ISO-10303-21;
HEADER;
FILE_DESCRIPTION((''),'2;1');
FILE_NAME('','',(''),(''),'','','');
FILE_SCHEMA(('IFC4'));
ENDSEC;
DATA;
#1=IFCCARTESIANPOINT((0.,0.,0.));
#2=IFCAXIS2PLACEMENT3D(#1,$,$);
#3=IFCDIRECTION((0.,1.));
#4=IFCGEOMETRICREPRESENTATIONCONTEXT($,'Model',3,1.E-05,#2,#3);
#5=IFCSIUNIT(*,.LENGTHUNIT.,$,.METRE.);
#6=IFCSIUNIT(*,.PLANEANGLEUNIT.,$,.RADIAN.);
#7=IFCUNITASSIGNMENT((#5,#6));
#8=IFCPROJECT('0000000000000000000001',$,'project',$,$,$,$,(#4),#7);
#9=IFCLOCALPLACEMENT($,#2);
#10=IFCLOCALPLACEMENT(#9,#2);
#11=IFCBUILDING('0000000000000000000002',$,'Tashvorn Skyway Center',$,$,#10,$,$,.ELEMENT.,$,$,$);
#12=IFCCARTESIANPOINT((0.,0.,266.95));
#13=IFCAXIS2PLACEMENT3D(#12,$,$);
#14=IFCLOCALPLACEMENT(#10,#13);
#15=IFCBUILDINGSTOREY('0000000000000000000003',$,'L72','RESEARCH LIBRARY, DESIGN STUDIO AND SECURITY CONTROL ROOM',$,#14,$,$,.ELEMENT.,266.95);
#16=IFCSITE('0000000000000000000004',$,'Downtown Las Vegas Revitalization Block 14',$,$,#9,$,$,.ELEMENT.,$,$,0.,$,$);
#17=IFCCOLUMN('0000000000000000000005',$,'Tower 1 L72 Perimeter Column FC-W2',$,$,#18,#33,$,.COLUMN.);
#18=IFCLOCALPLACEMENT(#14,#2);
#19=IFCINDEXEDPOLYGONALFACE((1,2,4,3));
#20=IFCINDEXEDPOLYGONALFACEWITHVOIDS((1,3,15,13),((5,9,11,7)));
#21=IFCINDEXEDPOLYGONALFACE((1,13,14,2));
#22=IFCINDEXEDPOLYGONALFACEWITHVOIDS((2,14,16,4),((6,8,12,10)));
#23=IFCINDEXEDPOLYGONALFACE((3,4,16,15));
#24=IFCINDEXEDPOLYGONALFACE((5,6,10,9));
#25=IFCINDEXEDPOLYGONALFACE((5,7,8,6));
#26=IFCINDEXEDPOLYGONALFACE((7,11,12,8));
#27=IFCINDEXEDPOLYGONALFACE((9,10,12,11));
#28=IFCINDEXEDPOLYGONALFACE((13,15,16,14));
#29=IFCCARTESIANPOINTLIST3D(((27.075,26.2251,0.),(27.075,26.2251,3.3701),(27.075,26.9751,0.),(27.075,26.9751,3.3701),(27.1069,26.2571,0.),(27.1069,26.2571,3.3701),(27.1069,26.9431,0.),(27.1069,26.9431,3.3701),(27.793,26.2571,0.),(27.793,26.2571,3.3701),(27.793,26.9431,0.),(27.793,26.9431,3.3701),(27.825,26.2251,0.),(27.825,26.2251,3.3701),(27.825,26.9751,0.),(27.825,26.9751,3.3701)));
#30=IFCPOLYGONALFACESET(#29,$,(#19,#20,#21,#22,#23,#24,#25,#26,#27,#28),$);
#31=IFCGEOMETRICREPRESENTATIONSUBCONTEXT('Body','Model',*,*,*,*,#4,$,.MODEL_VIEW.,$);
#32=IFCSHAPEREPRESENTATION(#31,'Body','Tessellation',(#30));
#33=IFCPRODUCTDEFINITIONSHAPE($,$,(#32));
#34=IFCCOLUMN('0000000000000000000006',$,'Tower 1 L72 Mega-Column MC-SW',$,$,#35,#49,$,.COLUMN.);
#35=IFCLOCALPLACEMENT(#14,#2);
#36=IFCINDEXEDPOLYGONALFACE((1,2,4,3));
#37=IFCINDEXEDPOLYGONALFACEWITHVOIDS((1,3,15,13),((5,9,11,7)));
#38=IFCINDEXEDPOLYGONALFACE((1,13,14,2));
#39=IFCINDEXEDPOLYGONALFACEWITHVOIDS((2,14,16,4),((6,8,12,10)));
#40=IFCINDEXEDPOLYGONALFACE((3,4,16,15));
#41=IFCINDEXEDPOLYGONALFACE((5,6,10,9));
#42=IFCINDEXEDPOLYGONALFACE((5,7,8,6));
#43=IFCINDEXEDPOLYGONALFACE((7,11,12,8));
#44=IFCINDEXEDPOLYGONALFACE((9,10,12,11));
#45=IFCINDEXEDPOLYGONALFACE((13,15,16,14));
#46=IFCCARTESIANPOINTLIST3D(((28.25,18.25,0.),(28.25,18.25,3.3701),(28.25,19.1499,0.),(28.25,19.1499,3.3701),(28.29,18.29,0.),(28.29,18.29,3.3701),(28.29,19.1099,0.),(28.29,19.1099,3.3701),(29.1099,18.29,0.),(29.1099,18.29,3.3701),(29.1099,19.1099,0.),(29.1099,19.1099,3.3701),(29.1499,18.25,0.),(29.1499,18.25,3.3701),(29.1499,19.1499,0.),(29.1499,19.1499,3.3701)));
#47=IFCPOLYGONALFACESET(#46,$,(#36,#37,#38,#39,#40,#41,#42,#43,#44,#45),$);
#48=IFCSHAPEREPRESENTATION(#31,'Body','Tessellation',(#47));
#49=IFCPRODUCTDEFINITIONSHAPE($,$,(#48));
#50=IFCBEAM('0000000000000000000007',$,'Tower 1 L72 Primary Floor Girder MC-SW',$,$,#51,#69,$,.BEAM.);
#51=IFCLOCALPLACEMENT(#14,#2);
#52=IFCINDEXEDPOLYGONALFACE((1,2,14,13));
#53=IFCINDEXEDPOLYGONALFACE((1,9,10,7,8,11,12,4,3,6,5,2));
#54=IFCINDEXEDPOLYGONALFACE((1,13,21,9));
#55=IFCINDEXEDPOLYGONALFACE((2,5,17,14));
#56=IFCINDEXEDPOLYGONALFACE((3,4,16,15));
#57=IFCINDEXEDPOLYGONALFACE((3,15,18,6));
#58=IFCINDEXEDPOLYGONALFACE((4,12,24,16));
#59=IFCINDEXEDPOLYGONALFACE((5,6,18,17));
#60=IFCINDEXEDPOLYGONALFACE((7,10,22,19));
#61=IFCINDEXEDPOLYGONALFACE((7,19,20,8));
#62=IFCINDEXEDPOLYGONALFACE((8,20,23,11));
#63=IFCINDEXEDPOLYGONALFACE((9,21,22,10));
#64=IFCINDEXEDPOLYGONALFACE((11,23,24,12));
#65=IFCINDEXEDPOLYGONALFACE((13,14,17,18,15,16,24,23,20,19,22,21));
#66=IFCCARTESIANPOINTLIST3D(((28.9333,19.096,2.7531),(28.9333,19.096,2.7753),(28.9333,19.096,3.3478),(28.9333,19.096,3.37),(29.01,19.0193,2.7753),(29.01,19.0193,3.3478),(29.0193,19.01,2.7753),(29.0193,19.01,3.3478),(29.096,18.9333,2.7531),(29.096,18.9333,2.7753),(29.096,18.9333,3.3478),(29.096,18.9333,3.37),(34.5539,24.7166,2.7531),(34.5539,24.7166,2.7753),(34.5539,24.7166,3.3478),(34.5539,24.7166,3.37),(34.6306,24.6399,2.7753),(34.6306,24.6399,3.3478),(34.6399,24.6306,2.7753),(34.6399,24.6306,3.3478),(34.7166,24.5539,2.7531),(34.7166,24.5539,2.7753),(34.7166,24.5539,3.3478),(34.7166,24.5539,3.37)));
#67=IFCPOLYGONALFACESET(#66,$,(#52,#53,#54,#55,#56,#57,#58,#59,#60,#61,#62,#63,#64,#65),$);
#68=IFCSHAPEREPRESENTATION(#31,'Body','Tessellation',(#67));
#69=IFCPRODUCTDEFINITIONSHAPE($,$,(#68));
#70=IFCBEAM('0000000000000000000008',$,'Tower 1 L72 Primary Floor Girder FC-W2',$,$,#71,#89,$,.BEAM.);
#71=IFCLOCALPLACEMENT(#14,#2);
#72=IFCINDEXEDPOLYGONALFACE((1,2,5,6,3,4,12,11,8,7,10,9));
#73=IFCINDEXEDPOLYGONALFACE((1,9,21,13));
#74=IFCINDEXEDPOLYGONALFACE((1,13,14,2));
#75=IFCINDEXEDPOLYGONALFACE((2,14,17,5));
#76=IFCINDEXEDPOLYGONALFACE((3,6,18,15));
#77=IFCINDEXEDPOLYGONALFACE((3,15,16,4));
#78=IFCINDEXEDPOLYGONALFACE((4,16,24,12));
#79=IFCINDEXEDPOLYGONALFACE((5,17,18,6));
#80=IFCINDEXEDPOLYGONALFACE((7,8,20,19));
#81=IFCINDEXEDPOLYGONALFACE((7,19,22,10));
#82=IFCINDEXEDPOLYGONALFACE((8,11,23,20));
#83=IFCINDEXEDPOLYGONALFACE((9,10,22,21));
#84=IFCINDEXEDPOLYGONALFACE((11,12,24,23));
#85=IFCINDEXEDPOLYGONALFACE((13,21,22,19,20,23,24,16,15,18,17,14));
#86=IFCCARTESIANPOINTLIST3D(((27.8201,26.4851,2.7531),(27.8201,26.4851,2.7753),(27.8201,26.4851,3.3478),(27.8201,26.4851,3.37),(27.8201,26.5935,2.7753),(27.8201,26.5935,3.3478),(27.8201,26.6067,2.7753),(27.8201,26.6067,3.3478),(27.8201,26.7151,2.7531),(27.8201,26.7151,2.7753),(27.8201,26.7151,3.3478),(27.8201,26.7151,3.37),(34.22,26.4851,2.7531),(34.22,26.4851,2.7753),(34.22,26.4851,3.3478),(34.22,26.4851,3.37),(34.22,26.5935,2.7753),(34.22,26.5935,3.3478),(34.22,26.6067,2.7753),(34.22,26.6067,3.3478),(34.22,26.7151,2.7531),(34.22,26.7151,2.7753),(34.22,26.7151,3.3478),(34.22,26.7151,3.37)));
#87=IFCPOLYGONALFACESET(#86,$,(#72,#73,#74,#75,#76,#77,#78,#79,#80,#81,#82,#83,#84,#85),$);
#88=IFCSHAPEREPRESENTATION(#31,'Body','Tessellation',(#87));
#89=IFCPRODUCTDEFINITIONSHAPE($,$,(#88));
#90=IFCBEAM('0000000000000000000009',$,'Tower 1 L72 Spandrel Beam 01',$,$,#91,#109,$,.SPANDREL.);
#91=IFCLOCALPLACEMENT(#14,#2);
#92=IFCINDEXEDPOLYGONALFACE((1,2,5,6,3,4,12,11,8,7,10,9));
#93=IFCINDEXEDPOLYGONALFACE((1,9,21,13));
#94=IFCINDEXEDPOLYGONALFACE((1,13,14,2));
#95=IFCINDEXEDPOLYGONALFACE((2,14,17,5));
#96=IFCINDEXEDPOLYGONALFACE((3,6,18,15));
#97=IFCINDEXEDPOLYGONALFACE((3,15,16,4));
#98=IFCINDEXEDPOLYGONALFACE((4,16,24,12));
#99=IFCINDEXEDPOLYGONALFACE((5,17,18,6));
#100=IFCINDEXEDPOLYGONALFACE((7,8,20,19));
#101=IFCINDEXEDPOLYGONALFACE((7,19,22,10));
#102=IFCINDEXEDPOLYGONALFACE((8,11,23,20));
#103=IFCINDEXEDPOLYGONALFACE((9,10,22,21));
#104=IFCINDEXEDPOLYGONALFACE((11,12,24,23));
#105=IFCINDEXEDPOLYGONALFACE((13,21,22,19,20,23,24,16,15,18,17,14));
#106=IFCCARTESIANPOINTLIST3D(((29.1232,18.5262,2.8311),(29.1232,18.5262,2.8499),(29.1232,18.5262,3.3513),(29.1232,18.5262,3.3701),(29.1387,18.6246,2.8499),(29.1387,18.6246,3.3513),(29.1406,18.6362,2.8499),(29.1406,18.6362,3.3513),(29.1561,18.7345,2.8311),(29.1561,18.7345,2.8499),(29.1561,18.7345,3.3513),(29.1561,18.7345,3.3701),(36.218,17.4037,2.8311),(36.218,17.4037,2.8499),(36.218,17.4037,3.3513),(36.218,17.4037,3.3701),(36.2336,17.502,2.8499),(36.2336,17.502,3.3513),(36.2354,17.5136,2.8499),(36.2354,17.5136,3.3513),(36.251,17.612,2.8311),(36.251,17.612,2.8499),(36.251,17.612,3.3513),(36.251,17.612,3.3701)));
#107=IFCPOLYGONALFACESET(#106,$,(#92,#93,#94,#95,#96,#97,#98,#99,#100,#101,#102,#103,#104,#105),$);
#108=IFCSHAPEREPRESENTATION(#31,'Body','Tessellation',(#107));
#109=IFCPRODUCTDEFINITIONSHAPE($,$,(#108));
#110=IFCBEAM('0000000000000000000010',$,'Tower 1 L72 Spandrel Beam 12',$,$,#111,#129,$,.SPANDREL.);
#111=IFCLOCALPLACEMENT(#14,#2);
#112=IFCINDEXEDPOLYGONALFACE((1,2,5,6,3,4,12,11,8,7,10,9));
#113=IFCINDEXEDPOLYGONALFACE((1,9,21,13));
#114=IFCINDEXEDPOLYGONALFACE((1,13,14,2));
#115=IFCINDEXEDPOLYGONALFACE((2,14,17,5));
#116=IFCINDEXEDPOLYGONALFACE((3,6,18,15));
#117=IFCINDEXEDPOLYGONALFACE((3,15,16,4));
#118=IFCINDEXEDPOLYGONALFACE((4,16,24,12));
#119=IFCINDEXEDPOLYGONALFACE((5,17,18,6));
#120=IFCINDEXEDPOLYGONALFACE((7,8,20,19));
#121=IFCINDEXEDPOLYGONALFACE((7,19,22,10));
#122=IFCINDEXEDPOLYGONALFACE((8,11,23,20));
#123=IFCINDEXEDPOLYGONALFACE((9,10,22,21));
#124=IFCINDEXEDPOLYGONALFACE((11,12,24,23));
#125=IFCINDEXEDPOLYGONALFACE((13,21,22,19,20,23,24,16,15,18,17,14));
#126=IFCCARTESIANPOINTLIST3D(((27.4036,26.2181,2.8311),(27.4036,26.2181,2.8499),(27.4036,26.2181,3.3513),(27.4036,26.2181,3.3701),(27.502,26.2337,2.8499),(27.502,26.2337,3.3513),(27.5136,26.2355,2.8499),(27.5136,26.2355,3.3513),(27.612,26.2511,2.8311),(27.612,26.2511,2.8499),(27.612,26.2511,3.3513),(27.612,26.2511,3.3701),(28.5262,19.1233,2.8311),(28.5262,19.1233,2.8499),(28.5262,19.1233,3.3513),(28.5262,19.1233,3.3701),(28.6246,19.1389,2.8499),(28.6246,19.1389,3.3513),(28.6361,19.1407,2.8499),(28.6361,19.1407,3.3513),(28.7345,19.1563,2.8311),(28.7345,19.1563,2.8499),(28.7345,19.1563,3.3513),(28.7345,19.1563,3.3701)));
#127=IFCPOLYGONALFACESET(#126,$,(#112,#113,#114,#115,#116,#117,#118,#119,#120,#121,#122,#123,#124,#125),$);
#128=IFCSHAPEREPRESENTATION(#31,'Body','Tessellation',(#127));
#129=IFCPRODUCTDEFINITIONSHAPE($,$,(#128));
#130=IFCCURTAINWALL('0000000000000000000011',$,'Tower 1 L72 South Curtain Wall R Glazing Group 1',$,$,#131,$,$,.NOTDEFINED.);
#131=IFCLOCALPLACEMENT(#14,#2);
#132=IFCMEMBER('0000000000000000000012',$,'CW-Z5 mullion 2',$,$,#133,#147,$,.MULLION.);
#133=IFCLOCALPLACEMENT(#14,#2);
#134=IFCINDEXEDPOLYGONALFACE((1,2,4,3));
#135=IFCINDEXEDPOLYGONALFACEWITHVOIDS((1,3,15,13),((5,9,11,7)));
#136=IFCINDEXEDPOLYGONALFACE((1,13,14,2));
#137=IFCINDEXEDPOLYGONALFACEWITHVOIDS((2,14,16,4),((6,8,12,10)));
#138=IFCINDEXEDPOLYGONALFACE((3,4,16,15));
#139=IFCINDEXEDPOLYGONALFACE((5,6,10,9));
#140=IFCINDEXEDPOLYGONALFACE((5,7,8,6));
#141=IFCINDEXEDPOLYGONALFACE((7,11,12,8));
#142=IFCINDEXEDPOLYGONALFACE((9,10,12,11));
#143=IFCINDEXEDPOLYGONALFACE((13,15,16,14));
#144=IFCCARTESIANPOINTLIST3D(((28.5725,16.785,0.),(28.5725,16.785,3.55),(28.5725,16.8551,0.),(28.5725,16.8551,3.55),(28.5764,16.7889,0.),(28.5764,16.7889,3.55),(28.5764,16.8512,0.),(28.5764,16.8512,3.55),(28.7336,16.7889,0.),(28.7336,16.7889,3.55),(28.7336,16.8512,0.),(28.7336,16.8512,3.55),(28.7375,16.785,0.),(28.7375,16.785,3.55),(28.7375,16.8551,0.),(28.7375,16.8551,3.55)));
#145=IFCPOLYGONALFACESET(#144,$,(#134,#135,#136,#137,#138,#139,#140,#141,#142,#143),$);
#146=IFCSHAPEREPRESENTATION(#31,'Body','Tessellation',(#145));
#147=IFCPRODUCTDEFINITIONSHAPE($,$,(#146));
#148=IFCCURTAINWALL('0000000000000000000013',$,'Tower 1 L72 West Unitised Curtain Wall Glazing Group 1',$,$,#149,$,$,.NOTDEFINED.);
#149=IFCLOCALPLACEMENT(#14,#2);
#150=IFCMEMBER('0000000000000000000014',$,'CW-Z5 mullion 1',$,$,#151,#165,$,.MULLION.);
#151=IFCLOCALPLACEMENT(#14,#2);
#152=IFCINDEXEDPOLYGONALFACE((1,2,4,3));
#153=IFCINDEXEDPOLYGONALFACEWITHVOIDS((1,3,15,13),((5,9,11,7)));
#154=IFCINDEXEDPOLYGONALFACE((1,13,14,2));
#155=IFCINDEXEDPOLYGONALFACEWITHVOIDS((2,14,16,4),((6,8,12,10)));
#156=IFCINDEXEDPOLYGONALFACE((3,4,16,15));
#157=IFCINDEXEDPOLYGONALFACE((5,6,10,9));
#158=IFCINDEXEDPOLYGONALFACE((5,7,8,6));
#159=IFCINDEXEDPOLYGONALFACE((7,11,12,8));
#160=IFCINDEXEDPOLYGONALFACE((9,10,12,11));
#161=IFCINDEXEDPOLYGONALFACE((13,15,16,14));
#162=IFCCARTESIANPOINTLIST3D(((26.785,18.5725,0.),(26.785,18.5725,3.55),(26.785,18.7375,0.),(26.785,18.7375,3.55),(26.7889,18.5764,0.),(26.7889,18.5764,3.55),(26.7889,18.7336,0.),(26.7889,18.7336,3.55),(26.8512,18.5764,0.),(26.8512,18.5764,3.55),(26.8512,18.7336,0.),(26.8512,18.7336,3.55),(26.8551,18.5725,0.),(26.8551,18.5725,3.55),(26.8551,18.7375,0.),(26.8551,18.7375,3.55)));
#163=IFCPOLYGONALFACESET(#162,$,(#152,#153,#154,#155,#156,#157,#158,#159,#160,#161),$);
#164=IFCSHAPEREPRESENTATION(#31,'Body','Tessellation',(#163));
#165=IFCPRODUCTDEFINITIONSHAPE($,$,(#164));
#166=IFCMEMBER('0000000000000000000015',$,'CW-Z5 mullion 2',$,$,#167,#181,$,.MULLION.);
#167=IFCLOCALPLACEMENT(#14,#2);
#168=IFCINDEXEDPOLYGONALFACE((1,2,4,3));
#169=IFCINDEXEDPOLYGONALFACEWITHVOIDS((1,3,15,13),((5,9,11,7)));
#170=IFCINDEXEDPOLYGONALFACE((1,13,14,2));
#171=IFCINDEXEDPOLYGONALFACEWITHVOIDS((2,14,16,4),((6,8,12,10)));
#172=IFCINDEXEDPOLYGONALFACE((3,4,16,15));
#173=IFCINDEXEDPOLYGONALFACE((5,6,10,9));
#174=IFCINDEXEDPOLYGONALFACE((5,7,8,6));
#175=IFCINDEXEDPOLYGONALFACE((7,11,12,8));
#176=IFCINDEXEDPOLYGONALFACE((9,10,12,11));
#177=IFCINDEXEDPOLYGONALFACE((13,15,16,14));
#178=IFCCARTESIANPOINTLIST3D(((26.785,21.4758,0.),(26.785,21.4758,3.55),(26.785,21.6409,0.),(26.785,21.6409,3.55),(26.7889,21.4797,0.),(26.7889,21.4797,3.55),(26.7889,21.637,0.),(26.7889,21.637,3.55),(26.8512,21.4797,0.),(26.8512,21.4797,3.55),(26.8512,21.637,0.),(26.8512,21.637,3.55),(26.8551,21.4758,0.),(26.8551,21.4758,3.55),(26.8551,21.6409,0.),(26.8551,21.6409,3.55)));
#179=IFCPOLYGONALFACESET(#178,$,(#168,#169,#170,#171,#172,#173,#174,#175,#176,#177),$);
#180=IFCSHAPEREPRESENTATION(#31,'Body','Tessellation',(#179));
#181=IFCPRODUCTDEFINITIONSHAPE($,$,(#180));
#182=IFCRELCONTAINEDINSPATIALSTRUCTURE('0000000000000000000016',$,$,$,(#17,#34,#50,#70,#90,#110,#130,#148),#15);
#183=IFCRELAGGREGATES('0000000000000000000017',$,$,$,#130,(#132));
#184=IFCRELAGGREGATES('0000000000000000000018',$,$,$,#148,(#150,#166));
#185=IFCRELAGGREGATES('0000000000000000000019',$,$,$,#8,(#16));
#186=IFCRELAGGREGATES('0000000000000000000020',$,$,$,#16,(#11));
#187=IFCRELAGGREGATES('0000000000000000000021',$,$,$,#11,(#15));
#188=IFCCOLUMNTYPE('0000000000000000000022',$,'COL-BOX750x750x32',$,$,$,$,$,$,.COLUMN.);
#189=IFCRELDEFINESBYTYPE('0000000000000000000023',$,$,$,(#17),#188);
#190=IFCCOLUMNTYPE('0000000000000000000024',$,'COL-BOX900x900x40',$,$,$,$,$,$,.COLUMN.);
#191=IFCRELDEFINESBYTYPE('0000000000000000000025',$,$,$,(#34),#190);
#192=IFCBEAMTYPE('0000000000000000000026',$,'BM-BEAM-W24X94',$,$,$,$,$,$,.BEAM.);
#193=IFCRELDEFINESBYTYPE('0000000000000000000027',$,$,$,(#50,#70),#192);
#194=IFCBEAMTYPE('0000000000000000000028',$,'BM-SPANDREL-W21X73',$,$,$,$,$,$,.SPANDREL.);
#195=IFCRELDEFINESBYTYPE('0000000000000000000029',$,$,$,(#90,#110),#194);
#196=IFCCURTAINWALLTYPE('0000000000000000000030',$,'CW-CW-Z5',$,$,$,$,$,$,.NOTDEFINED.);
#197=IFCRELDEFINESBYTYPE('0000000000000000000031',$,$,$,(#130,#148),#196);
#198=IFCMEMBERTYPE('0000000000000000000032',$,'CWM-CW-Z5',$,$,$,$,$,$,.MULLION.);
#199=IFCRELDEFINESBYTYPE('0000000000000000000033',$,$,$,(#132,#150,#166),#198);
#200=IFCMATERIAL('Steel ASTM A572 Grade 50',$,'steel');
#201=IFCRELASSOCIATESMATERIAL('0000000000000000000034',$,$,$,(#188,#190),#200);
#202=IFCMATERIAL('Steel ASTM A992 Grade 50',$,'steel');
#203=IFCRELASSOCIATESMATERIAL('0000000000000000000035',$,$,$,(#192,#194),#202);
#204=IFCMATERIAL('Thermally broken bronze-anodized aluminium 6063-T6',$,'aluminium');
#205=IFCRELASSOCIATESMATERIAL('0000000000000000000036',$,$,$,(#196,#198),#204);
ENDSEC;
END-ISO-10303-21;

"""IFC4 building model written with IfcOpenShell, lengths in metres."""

from ifc_helpers import new_model, si_unit, direction, frame, origin, origin_2d, place, context, subcontext, project, spatial, hollow_rectangle, i_section, extrude, material, material_profile, profile_set, type_object, element, aggregate, save


model = new_model("IFC4")

# Units and contexts
model_context = context("Model", 3, precision=1e-05, world=origin(), true_north=direction((0.0, 1.0)))
body_context = subcontext(model_context, "Body", "Model", "MODEL_VIEW")
ifc_project = project(units=[si_unit("LENGTHUNIT", "METRE"), si_unit("PLANEANGLEUNIT", "RADIAN")], contexts=[model_context])

# Site, building, storey
site_placement = place(None, origin())
site = spatial("IfcSite", under=ifc_project, at=site_placement, Name="Downtown Las Vegas Revitalization Block 14", CompositionType="ELEMENT", RefElevation=0.0)
building_placement = place(site_placement, origin())
building = spatial("IfcBuilding", under=site, at=building_placement, Name="Tashvorn Skyway Center", CompositionType="ELEMENT")
storey_placement = place(building_placement, frame((0.0, 0.0, 266.95)))
storey = spatial("IfcBuildingStorey", under=building, at=storey_placement, Name="L72", Description="RESEARCH LIBRARY, DESIGN STUDIO AND SECURITY CONTROL ROOM", CompositionType="ELEMENT", Elevation=266.95)

# Columns
ifc_material_1 = material(Name="Steel ASTM A572 Grade 50", Category="steel")
ifc_material_profile_1 = material_profile(ifc_material_1, hollow_rectangle(XDim=0.75, YDim=0.75, WallThickness=0.032, at=origin_2d()), Name="BOX750x750x32")
ifc_profile_set_1 = profile_set([ifc_material_profile_1], Name="Steel ASTM A572 Grade 50")
column_type_1 = type_object("IfcColumnType", Name="COL-BOX750x750x32", PredefinedType="COLUMN", material=ifc_profile_set_1)
column_1_placement = place(storey_placement, frame((27.45, 26.6001, 0.0), z_axis=(0.0, 0.0, 1.0), x_axis=(1.0, 0.0, 0.0)))
element("IfcColumn", 1, at=column_1_placement, inside=storey, type_object=column_type_1, Name="Tower 1 L72 Perimeter Column FC-W2", PredefinedType="COLUMN", context=body_context, shape_type="SweptSolid", body=[
    extrude(hollow_rectangle(XDim=0.75, YDim=0.75, WallThickness=0.032, at=origin_2d()), origin(), (0.0, 0.0, 1.0), 3.3701),
])
ifc_material_profile_2 = material_profile(ifc_material_1, hollow_rectangle(XDim=0.8999, YDim=0.8999, WallThickness=0.04, at=origin_2d()), Name="BOX900x900x40")
ifc_profile_set_2 = profile_set([ifc_material_profile_2], Name="Steel ASTM A572 Grade 50")
column_type_2 = type_object("IfcColumnType", Name="COL-BOX900x900x40", PredefinedType="COLUMN", material=ifc_profile_set_2)
column_2_placement = place(storey_placement, frame((28.7, 18.7, 0.0), z_axis=(0.0, 0.0, 1.0), x_axis=(1.0, 0.0, 0.0)))
element("IfcColumn", 2, at=column_2_placement, inside=storey, type_object=column_type_2, Name="Tower 1 L72 Mega-Column MC-SW", PredefinedType="COLUMN", context=body_context, shape_type="SweptSolid", body=[
    extrude(hollow_rectangle(XDim=0.8999, YDim=0.8999, WallThickness=0.04, at=origin_2d()), origin(), (0.0, 0.0, 1.0), 3.3701),
])

# Beams
ifc_material_2 = material(Name="Steel ASTM A992 Grade 50", Category="steel")
ifc_material_profile_3 = material_profile(ifc_material_2, i_section(OverallWidth=0.23, OverallDepth=0.6169, WebThickness=0.0132, FlangeThickness=0.0222, at=origin_2d()), Name="W24X94")
ifc_profile_set_3 = profile_set([ifc_material_profile_3], Name="Steel ASTM A992 Grade 50")
beam_type_1 = type_object("IfcBeamType", Name="BM-BEAM-W24X94", PredefinedType="BEAM", material=ifc_profile_set_3)
beam_1_placement = place(storey_placement, frame((29.0146, 19.0146, 3.0615), z_axis=(0.707107, 0.707107, 0.0), x_axis=(-0.707107, 0.707107, 0.0)))
element("IfcBeam", 3, at=beam_1_placement, inside=storey, type_object=beam_type_1, Name="Tower 1 L72 Primary Floor Girder MC-SW", PredefinedType="BEAM", context=body_context, shape_type="SweptSolid", body=[
    extrude(i_section(OverallWidth=0.23, OverallDepth=0.6169, WebThickness=0.0132, FlangeThickness=0.0222, at=origin_2d()), origin(), (0.0, 0.0, 1.0), 7.9487),
])
beam_2_placement = place(storey_placement, frame((27.8201, 26.6001, 3.0615), z_axis=(1.0, 0.0, 0.0), x_axis=(0.0, 1.0, 0.0)))
element("IfcBeam", 4, at=beam_2_placement, inside=storey, type_object=beam_type_1, Name="Tower 1 L72 Primary Floor Girder FC-W2", PredefinedType="BEAM", context=body_context, shape_type="SweptSolid", body=[
    extrude(i_section(OverallWidth=0.23, OverallDepth=0.6169, WebThickness=0.0132, FlangeThickness=0.0222, at=origin_2d()), origin(), (0.0, 0.0, 1.0), 6.3999),
])
ifc_material_profile_4 = material_profile(ifc_material_2, i_section(OverallWidth=0.2109, OverallDepth=0.5391, WebThickness=0.0117, FlangeThickness=0.0188, at=origin_2d()), Name="W21X73")
ifc_profile_set_4 = profile_set([ifc_material_profile_4], Name="Steel ASTM A992 Grade 50")
beam_type_2 = type_object("IfcBeamType", Name="BM-SPANDREL-W21X73", PredefinedType="SPANDREL", material=ifc_profile_set_4)
for number, where, z_axis, x_axis, name in (
    (5, (29.1396, 18.6304, 3.1006), (0.987714, -0.156275, 0.0), (0.156275, 0.987714, 0.0), "Tower 1 L72 Spandrel Beam 01"),
    (6, (27.5078, 26.2346, 3.1006), (0.156275, -0.987714, 0.0), (0.987714, 0.156275, 0.0), "Tower 1 L72 Spandrel Beam 12"),
):
    element("IfcBeam", number, at=place(storey_placement, frame(where, z_axis=z_axis, x_axis=x_axis)), inside=storey, type_object=beam_type_2, Name=name, PredefinedType="SPANDREL", context=body_context, shape_type="SweptSolid", body=[
        extrude(i_section(OverallWidth=0.2109, OverallDepth=0.5391, WebThickness=0.0117, FlangeThickness=0.0188, at=origin_2d()), origin(), (0.0, 0.0, 1.0), 7.1831),
    ])

# Curtain wall, member
ifc_material_3 = material(Name="Thermally broken bronze-anodized aluminium 6063-T6", Category="aluminium")
curtain_wall_type = type_object("IfcCurtainWallType", Name="CW-CW-Z5", PredefinedType="NOTDEFINED", material=ifc_material_3)
curtain_wall_1_placement = place(storey_placement, origin())
curtain_wall_1 = element("IfcCurtainWall", 7, at=curtain_wall_1_placement, inside=storey, type_object=curtain_wall_type, Name="Tower 1 L72 South Curtain Wall R Glazing Group 1", PredefinedType="NOTDEFINED")
ifc_material_profile_5 = material_profile(ifc_material_3, hollow_rectangle(XDim=0.0701, YDim=0.165, WallThickness=0.0039, at=origin_2d()), Name="ALU-MULL-70x165")
ifc_profile_set_5 = profile_set([ifc_material_profile_5], Name="Thermally broken bronze-anodized aluminium 6063-T6")
member_type_1 = type_object("IfcMemberType", Name="CWM-CW-Z5", PredefinedType="MULLION", material=ifc_profile_set_5)
member_1_placement = place(storey_placement, frame((28.655, 16.8201, 0.0), z_axis=(0.0, 0.0, 1.0), x_axis=(0.0, -1.0, 0.0)))
member_1 = element("IfcMember", 8, at=member_1_placement, type_object=member_type_1, Name="CW-Z5 mullion 2", PredefinedType="MULLION", context=body_context, shape_type="SweptSolid", body=[
    extrude(hollow_rectangle(XDim=0.0701, YDim=0.165, WallThickness=0.0039, at=origin_2d()), origin(), (0.0, 0.0, 1.0), 3.55),
])

# Curtain wall, members
curtain_wall_2_placement = place(storey_placement, origin())
curtain_wall_2 = element("IfcCurtainWall", 9, at=curtain_wall_2_placement, inside=storey, type_object=curtain_wall_type, Name="Tower 1 L72 West Unitised Curtain Wall Glazing Group 1", PredefinedType="NOTDEFINED")
member_2_placement = place(storey_placement, frame((26.8201, 18.655, 0.0), z_axis=(0.0, 0.0, 1.0), x_axis=(-1.0, 0.0, 0.0)))
member_2 = element("IfcMember", 10, at=member_2_placement, type_object=member_type_1, Name="CW-Z5 mullion 1", PredefinedType="MULLION", context=body_context, shape_type="SweptSolid", body=[
    extrude(hollow_rectangle(XDim=0.0701, YDim=0.165, WallThickness=0.0039, at=origin_2d()), origin(), (0.0, 0.0, 1.0), 3.55),
])
member_3_placement = place(storey_placement, frame((26.8201, 21.5583, 0.0), z_axis=(0.0, 0.0, 1.0), x_axis=(-1.0, 0.0, 0.0)))
member_3 = element("IfcMember", 11, at=member_3_placement, type_object=member_type_1, Name="CW-Z5 mullion 2", PredefinedType="MULLION", context=body_context, shape_type="SweptSolid", body=[
    extrude(hollow_rectangle(XDim=0.0701, YDim=0.165, WallThickness=0.0039, at=origin_2d()), origin(), (0.0, 0.0, 1.0), 3.55),
])

aggregate(curtain_wall_1, [member_1])
aggregate(curtain_wall_2, [member_2, member_3])

save(model, "model.ifc")
